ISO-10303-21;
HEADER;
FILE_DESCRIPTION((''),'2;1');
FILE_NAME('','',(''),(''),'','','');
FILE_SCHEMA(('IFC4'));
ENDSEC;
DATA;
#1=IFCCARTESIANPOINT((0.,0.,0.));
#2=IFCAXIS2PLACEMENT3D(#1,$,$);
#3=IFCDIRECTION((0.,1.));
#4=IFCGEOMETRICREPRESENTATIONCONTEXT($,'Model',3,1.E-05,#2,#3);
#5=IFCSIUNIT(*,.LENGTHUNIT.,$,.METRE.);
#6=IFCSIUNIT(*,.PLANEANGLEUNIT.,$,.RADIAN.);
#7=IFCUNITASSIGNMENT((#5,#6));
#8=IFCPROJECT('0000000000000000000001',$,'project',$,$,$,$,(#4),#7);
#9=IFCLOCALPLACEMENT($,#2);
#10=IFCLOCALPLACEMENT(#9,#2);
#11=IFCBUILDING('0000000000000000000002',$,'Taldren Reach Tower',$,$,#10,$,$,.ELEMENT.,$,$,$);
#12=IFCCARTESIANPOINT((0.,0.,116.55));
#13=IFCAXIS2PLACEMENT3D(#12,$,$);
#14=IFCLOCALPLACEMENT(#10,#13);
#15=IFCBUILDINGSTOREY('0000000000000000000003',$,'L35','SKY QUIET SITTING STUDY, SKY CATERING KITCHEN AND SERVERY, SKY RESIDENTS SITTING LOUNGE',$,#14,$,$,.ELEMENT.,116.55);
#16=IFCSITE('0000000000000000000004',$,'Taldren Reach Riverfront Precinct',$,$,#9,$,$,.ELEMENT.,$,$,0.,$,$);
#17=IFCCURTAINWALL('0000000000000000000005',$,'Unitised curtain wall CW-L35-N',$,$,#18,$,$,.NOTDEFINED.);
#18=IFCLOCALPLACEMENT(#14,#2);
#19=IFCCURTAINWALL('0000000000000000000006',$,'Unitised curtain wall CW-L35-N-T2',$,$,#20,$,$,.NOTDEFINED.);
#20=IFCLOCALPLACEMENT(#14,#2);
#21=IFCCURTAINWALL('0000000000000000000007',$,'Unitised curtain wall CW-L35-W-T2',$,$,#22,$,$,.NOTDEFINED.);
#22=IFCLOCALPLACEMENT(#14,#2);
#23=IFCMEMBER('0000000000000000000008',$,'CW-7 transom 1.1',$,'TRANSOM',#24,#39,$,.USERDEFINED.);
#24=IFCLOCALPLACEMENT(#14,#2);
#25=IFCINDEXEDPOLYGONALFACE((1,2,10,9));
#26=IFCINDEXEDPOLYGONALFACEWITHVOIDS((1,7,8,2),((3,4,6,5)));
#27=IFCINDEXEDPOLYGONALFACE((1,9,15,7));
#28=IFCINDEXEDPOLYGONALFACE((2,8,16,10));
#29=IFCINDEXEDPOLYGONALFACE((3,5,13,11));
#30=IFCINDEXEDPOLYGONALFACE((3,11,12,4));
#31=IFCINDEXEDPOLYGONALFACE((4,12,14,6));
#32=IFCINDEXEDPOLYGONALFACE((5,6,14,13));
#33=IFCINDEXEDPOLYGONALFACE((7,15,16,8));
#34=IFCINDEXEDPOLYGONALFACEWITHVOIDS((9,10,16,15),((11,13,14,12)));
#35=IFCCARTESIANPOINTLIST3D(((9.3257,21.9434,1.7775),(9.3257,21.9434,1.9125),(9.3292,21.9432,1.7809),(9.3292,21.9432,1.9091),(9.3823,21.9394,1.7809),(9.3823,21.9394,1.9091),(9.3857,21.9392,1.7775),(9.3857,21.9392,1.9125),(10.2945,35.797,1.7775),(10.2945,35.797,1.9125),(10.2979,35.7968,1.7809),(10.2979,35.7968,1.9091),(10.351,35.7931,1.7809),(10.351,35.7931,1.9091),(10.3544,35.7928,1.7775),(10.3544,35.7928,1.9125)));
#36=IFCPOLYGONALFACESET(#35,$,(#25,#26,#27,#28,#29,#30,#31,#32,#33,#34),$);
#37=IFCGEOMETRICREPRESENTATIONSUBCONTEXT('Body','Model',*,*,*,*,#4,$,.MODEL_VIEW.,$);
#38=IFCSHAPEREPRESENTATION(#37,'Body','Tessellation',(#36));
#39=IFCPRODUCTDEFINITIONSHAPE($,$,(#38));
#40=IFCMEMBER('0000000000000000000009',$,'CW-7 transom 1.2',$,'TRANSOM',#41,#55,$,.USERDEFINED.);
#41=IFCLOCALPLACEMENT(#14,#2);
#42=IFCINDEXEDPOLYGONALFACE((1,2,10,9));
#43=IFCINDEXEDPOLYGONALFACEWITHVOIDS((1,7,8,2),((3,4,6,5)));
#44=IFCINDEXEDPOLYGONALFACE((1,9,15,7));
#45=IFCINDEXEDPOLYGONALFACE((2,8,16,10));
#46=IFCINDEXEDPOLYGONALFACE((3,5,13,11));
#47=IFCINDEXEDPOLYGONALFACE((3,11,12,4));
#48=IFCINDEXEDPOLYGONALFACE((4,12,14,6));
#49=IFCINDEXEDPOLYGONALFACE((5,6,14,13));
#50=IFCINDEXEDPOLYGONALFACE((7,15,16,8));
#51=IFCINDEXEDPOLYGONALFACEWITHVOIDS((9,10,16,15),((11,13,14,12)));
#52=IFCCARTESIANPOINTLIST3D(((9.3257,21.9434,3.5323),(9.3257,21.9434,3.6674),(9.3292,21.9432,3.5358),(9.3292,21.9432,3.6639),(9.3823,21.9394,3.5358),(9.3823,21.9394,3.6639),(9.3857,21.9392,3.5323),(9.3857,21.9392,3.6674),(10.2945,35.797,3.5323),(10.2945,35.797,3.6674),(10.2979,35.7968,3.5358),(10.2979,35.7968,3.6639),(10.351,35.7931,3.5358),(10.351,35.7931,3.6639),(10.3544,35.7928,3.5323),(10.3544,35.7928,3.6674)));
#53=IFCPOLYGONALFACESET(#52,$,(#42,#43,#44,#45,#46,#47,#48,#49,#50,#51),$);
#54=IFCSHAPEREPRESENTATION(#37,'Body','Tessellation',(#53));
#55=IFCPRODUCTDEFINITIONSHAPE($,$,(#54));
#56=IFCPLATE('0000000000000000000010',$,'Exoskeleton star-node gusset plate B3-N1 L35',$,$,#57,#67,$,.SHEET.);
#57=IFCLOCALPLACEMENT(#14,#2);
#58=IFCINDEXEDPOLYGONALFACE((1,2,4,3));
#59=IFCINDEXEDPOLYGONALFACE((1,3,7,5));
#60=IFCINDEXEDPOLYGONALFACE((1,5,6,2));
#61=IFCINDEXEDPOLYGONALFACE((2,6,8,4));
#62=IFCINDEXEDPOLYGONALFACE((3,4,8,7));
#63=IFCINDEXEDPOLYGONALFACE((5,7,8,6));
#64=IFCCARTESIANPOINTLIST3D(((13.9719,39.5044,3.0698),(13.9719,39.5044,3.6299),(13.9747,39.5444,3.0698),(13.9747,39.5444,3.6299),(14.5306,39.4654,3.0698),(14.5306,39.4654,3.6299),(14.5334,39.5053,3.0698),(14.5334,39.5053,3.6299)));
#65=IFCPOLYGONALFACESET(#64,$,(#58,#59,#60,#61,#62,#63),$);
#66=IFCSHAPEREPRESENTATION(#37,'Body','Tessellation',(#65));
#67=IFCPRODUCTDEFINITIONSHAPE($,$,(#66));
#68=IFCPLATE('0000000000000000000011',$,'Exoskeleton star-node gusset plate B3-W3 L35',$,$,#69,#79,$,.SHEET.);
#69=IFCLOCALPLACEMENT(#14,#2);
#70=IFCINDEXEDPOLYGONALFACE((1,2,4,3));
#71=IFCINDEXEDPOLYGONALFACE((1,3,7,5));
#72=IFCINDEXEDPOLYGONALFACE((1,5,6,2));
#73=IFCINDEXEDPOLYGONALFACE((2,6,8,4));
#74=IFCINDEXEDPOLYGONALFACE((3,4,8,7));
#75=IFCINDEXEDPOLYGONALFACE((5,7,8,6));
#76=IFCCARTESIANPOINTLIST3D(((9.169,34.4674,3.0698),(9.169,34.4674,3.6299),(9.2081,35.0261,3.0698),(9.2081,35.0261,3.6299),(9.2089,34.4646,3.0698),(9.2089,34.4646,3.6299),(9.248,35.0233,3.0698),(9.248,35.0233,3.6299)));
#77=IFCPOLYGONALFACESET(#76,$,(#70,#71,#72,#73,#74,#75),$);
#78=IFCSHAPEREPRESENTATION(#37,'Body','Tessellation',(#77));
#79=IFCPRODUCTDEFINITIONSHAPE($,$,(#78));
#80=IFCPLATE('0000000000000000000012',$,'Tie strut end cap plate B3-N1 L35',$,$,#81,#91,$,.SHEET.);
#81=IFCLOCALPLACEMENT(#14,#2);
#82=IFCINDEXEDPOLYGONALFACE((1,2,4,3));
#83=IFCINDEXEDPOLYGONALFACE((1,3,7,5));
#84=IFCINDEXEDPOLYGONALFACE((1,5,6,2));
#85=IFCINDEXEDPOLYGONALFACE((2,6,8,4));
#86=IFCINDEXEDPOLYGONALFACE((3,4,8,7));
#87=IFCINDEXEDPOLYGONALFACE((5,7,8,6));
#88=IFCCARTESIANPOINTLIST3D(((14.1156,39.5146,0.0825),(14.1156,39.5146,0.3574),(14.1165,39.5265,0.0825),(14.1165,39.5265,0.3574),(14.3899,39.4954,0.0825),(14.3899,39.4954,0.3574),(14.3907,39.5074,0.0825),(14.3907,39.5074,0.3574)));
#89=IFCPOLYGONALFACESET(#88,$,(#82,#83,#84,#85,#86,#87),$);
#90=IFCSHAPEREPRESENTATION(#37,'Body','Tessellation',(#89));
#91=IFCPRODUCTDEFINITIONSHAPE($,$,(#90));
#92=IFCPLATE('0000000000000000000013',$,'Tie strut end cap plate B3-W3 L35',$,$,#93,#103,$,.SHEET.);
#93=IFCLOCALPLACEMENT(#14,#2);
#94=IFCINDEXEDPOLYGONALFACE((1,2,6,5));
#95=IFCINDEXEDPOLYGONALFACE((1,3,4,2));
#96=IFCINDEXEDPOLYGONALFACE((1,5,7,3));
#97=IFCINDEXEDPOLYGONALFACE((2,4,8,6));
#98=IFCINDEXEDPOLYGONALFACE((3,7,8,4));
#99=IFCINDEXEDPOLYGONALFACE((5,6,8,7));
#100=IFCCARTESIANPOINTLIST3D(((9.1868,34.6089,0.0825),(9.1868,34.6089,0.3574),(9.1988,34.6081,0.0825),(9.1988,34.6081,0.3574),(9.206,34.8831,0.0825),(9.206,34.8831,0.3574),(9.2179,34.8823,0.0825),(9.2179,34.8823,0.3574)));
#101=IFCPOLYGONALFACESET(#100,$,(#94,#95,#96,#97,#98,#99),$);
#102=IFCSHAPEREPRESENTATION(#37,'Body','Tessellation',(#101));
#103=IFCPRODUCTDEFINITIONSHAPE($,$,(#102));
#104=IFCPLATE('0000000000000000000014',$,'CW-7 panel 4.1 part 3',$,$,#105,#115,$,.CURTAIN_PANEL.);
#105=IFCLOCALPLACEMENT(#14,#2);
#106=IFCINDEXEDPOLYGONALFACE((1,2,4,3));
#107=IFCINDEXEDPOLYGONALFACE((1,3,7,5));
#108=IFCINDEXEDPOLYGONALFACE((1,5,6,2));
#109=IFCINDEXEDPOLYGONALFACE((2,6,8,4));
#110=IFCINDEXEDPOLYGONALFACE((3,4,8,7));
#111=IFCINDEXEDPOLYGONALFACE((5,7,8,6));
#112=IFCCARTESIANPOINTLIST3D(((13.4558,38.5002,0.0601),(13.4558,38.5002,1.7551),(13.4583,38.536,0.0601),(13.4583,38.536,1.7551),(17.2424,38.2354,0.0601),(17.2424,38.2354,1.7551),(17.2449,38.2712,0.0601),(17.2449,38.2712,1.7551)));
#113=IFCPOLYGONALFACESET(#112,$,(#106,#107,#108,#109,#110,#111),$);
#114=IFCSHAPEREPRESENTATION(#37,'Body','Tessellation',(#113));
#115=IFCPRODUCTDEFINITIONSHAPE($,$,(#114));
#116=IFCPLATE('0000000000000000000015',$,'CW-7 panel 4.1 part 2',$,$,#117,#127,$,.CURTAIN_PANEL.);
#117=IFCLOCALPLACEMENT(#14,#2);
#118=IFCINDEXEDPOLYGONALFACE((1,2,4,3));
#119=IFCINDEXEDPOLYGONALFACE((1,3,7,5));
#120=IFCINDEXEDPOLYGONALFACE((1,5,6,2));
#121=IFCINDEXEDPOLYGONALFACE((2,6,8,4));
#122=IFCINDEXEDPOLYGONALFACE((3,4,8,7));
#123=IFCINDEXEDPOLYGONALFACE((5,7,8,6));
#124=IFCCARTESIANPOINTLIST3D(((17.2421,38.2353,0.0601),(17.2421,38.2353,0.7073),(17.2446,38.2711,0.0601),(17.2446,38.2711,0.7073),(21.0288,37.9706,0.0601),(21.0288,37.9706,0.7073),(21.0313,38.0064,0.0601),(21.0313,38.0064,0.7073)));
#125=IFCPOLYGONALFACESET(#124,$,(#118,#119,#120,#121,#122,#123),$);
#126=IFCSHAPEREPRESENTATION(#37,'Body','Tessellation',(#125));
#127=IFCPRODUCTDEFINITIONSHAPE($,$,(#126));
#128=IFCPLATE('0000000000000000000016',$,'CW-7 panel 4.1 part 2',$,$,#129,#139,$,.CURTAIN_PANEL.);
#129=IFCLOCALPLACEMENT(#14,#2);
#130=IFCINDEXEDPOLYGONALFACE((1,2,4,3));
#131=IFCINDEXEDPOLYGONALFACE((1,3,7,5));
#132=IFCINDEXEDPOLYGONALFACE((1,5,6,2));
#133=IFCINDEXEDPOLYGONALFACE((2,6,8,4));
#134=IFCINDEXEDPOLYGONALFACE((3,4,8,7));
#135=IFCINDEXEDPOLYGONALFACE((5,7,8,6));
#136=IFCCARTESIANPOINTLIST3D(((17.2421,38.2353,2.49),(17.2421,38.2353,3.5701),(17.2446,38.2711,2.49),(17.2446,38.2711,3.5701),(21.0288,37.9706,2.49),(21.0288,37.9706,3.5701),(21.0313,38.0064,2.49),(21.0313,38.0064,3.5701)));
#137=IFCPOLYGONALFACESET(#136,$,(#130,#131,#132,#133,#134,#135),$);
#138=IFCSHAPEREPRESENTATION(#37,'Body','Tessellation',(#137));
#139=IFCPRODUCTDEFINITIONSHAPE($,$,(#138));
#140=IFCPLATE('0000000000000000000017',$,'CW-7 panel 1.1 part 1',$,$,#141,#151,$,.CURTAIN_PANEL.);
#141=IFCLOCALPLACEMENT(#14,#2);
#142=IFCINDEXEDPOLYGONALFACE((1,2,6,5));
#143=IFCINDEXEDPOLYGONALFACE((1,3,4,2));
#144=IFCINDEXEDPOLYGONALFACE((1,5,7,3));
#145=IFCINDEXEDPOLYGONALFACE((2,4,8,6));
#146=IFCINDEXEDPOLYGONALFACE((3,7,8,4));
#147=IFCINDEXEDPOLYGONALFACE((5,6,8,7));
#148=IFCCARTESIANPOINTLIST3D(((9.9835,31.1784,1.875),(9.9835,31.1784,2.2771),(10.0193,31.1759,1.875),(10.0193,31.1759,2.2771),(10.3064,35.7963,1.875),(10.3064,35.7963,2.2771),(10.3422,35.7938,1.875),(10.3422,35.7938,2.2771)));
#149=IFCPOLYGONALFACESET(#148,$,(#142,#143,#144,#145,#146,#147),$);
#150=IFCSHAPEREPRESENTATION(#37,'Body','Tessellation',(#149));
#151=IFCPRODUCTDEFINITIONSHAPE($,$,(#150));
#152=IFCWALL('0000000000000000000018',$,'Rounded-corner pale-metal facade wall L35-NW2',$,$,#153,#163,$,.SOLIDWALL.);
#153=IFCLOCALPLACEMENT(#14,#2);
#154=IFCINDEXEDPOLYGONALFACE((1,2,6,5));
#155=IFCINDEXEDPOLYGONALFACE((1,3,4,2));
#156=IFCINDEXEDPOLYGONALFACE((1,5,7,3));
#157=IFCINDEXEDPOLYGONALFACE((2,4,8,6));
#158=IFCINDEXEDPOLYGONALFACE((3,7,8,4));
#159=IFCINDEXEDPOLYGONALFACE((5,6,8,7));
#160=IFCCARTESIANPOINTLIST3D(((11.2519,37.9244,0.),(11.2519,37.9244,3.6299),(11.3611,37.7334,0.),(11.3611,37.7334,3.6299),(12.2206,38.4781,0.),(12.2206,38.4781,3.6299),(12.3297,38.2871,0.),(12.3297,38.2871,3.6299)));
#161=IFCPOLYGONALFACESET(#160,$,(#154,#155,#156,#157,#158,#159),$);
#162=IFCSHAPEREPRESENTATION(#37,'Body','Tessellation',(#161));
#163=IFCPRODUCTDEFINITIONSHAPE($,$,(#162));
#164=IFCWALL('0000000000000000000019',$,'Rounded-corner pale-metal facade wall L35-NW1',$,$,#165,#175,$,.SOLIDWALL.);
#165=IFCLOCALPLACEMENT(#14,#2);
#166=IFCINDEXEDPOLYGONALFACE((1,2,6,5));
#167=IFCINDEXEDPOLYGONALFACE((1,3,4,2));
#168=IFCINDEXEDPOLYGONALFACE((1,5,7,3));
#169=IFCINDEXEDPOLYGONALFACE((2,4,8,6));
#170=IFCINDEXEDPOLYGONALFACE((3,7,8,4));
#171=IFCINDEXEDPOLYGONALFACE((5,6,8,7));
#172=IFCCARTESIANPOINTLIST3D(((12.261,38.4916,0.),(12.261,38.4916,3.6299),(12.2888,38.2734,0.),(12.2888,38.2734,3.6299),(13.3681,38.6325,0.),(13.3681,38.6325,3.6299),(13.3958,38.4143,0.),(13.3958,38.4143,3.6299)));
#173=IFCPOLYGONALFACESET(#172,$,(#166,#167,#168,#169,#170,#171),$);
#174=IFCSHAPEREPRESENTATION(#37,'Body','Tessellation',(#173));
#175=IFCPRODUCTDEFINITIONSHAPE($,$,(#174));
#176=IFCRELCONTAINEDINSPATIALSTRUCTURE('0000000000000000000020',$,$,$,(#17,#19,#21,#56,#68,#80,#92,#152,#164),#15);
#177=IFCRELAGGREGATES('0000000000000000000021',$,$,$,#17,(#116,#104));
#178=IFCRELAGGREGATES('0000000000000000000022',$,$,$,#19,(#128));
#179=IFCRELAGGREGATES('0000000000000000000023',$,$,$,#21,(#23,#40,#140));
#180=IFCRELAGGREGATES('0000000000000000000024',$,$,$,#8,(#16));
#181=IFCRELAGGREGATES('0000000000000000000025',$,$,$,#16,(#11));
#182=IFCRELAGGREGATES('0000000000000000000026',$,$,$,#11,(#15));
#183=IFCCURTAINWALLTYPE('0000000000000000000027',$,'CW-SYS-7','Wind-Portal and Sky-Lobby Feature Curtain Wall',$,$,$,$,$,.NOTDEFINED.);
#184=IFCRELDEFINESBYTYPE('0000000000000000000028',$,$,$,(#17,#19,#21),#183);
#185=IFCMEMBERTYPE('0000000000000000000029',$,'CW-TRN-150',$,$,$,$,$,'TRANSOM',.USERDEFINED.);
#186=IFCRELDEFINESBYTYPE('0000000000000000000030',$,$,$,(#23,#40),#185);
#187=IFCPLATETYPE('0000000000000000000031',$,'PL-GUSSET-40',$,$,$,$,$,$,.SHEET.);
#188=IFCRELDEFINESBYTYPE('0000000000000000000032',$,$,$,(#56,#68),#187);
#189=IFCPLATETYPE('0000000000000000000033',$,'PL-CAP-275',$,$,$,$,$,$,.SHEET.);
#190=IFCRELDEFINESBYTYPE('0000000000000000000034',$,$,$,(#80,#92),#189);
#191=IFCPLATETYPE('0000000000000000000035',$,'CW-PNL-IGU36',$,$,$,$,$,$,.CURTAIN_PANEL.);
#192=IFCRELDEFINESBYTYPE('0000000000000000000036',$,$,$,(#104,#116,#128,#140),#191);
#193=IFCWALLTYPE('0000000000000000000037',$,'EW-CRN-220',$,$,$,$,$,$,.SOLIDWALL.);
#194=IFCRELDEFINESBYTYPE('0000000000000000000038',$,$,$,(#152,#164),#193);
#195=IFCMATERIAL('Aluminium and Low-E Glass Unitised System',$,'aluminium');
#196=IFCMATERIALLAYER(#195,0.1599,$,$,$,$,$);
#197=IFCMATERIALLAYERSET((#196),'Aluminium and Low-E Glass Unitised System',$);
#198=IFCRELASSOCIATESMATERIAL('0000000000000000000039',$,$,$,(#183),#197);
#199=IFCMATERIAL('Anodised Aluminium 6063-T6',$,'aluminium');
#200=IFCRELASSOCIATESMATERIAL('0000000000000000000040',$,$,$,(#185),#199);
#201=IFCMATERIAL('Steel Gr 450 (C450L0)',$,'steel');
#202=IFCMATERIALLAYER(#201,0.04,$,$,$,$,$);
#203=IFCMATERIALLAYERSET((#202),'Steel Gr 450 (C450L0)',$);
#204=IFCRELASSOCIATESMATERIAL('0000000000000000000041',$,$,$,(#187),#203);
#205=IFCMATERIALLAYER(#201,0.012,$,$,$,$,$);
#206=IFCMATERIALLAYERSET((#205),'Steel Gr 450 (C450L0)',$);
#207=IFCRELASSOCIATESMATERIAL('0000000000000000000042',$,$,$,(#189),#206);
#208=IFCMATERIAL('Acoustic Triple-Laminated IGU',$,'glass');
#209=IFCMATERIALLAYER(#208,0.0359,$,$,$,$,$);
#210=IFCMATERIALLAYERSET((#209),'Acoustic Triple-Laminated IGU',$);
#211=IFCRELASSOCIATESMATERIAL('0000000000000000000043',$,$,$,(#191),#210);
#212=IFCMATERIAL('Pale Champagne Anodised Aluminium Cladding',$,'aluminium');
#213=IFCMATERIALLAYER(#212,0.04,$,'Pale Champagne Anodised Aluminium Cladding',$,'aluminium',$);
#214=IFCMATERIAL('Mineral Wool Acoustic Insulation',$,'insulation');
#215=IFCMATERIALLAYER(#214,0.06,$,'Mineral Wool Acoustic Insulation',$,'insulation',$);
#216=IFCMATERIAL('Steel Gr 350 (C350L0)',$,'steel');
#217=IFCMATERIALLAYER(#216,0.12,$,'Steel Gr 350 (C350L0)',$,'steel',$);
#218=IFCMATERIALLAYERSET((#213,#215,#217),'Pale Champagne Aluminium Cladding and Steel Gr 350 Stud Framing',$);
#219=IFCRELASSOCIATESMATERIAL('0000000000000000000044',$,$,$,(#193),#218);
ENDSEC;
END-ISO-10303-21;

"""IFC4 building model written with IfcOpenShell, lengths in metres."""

from ifc_helpers import new_model, si_unit, direction, frame, frame_2d, origin, origin_2d, place, context, subcontext, project, spatial, rectangle, hollow_rectangle, extrude, source, transform, mapped, material, layer, layer_set, material_profile, profile_set, type_object, element, aggregate, save


model = new_model("IFC4")

# Units and contexts
model_context = context("Model", 3, precision=1e-05, world=origin(), true_north=direction((0.0, 1.0)))
body_context = subcontext(model_context, "Body", "Model", "MODEL_VIEW")
ifc_project = project(units=[si_unit("LENGTHUNIT", "METRE"), si_unit("PLANEANGLEUNIT", "RADIAN")], contexts=[model_context])

# Site, building, storey
site_placement = place(None, origin())
site = spatial("IfcSite", under=ifc_project, at=site_placement, Name="Taldren Reach Riverfront Precinct", CompositionType="ELEMENT", RefElevation=0.0)
building_placement = place(site_placement, origin())
building = spatial("IfcBuilding", under=site, at=building_placement, Name="Taldren Reach Tower", CompositionType="ELEMENT")
storey_placement = place(building_placement, frame((0.0, 0.0, 116.55)))
storey = spatial("IfcBuildingStorey", under=building, at=storey_placement, Name="L35", Description="SKY QUIET SITTING STUDY, SKY CATERING KITCHEN AND SERVERY, SKY RESIDENTS SITTING LOUNGE", CompositionType="ELEMENT", Elevation=116.55)

# Shared definitions
ifc_material_1 = material(Name="Steel Gr 450 (C450L0)", Category="steel")

# Shared definitions
ifc_material_2 = material(Name="Steel Gr 350 (C350L0)", Category="steel")

# Curtain walls
ifc_material_3 = material(Name="Aluminium and Low-E Glass Unitised System", Category="aluminium")
ifc_layer_1 = layer(ifc_material_3, 0.1599)
ifc_layer_set_1 = layer_set([ifc_layer_1], Name="Aluminium and Low-E Glass Unitised System")
curtain_wall_type = type_object("IfcCurtainWallType", Name="CW-SYS-7", Description="Wind-Portal and Sky-Lobby Feature Curtain Wall", PredefinedType="NOTDEFINED", material=ifc_layer_set_1)
curtain_wall_1_placement = place(storey_placement, origin())
curtain_wall_1 = element("IfcCurtainWall", 1, at=curtain_wall_1_placement, inside=storey, type_object=curtain_wall_type, Name="Unitised curtain wall CW-L35-N", PredefinedType="NOTDEFINED")
ifc_material_4 = material(Name="Anodised Aluminium 6063-T6", Category="aluminium")
curtain_wall_2_placement = place(storey_placement, origin())
curtain_wall_2 = element("IfcCurtainWall", 2, at=curtain_wall_2_placement, inside=storey, type_object=curtain_wall_type, Name="Unitised curtain wall CW-L35-N-T2", PredefinedType="NOTDEFINED")
curtain_wall_3_placement = place(storey_placement, origin())
curtain_wall_3 = element("IfcCurtainWall", 3, at=curtain_wall_3_placement, inside=storey, type_object=curtain_wall_type, Name="Unitised curtain wall CW-L35-W-T2", PredefinedType="NOTDEFINED")

# Members
ifc_material_profile_1 = material_profile(ifc_material_4, hollow_rectangle(XDim=0.0601, YDim=0.135, WallThickness=0.0034, at=origin_2d()), Name="ALU-135x60x3.5RHS")
ifc_profile_set_1 = profile_set([ifc_material_profile_1], Name="Anodised Aluminium 6063-T6")
member_type_1 = type_object("IfcMemberType", Name="CW-TRN-150", ElementType="TRANSOM", PredefinedType="USERDEFINED", material=ifc_profile_set_1)
shared_shape_1 = source(origin(), body_context, "Body", "SweptSolid", [
    extrude(hollow_rectangle(XDim=0.0601, YDim=0.135, WallThickness=0.0034, at=origin_2d()), origin(), (0.0, 0.0, 1.0), 13.8875),
])
member_1_placement = place(storey_placement, frame((10.3245, 35.7949, 1.845), z_axis=(-0.069758, -0.997564, 0.0), x_axis=(0.997564, -0.069758, 0.0)))
member_1 = element("IfcMember", 4, at=member_1_placement, type_object=member_type_1, Name="CW-7 transom 1.1", ObjectType="TRANSOM", PredefinedType="USERDEFINED", context=body_context, shape_type="MappedRepresentation", body=[
    mapped(shared_shape_1, transform((0.0, 0.0, 0.0), scale=1.0)),
])
member_2_placement = place(storey_placement, frame((10.3245, 35.7949, 3.5999), z_axis=(-0.069758, -0.997564, 0.0), x_axis=(0.997564, -0.069758, 0.0)))
member_2 = element("IfcMember", 5, at=member_2_placement, type_object=member_type_1, Name="CW-7 transom 1.2", ObjectType="TRANSOM", PredefinedType="USERDEFINED", context=body_context, shape_type="MappedRepresentation", body=[
    mapped(shared_shape_1, transform((0.0, 0.0, 0.0), scale=1.0)),
])

# Plates
ifc_layer_2 = layer(ifc_material_1, 0.04)
ifc_layer_set_2 = layer_set([ifc_layer_2], Name="Steel Gr 450 (C450L0)")
plate_type_1 = type_object("IfcPlateType", Name="PL-GUSSET-40", PredefinedType="SHEET", material=ifc_layer_set_2)
shared_shape_2 = source(origin(), body_context, "Body", "SweptSolid", [
    extrude(rectangle(XDim=0.5601, YDim=0.04, at=origin_2d()), origin(), (0.0, 0.0, 1.0), 0.5601),
])
for number, where, z_axis, x_axis, name in (
    (6, (14.2527, 39.5049, 3.0698), (0.0, 0.0, 1.0), (0.997564, -0.069756, 0.0), "Exoskeleton star-node gusset plate B3-N1 L35"),
    (7, (9.2085, 34.7454, 3.0698), (0.0, 0.0, 1.0), (0.069756, 0.997564, 0.0), "Exoskeleton star-node gusset plate B3-W3 L35"),
):
    element("IfcPlate", number, at=place(storey_placement, frame(where, z_axis=z_axis, x_axis=x_axis)), inside=storey, type_object=plate_type_1, Name=name, PredefinedType="SHEET", context=body_context, shape_type="MappedRepresentation", body=[
        mapped(shared_shape_2, transform((0.0, 0.0, 0.0), scale=1.0)),
    ])
ifc_layer_3 = layer(ifc_material_1, 0.012)
ifc_layer_set_3 = layer_set([ifc_layer_3], Name="Steel Gr 450 (C450L0)")
plate_type_2 = type_object("IfcPlateType", Name="PL-CAP-275", PredefinedType="SHEET", material=ifc_layer_set_3)
shared_shape_3 = source(origin(), body_context, "Body", "SweptSolid", [
    extrude(rectangle(XDim=0.2749, YDim=0.012, at=origin_2d()), origin(), (0.0, 0.0, 1.0), 0.2749),
])
plate_1_placement = place(storey_placement, frame((14.2532, 39.511, 0.0825), z_axis=(0.0, 0.0, 1.0), x_axis=(0.997564, -0.069756, 0.0)))
element("IfcPlate", 8, at=plate_1_placement, inside=storey, type_object=plate_type_2, Name="Tie strut end cap plate B3-N1 L35", PredefinedType="SHEET", context=body_context, shape_type="MappedRepresentation", body=[
    mapped(shared_shape_3, transform((0.0, 0.0, 0.0), scale=1.0)),
])
shared_shape_4 = source(origin(), body_context, "Body", "SweptSolid", [
    extrude(rectangle(XDim=0.012, YDim=0.2749, at=origin_2d()), origin(), (0.0, 0.0, 1.0), 0.2749),
])
plate_2_placement = place(storey_placement, frame((9.2024, 34.7456, 0.0825), z_axis=(0.0, 0.0, 1.0), x_axis=(0.997564, -0.069756, 0.0)))
element("IfcPlate", 9, at=plate_2_placement, inside=storey, type_object=plate_type_2, Name="Tie strut end cap plate B3-W3 L35", PredefinedType="SHEET", context=body_context, shape_type="MappedRepresentation", body=[
    mapped(shared_shape_4, transform((0.0, 0.0, 0.0), scale=1.0)),
])

# Plates
ifc_material_5 = material(Name="Acoustic Triple-Laminated IGU", Category="glass")
ifc_layer_4 = layer(ifc_material_5, 0.0359)
ifc_layer_set_4 = layer_set([ifc_layer_4], Name="Acoustic Triple-Laminated IGU")
plate_type_3 = type_object("IfcPlateType", Name="CW-PNL-IGU36", PredefinedType="CURTAIN_PANEL", material=ifc_layer_set_4)
shared_shape_5 = source(origin(), body_context, "Body", "SweptSolid", [
    extrude(rectangle(XDim=3.7959, YDim=0.0359, at=origin_2d()), origin(), (0.0, 0.0, 1.0), 1.6951),
])
plate_3_placement = place(storey_placement, frame((15.3503, 38.3857, 0.0601), z_axis=(0.0, 0.0, 1.0), x_axis=(-0.997564, 0.069757, 0.0)))
plate_3 = element("IfcPlate", 10, at=plate_3_placement, type_object=plate_type_3, Name="CW-7 panel 4.1 part 3", PredefinedType="CURTAIN_PANEL", context=body_context, shape_type="MappedRepresentation", body=[
    mapped(shared_shape_5, transform((0.0, 0.0, 0.0), scale=1.0)),
])
shared_shape_6 = source(origin(), body_context, "Body", "SweptSolid", [
    extrude(rectangle(XDim=3.7959, YDim=0.0359, at=origin_2d()), origin(), (0.0, 0.0, 1.0), 0.6472),
])
plate_4_placement = place(storey_placement, frame((19.1367, 38.1208, 0.0601), z_axis=(0.0, 0.0, 1.0), x_axis=(-0.997564, 0.069757, 0.0)))
plate_4 = element("IfcPlate", 11, at=plate_4_placement, type_object=plate_type_3, Name="CW-7 panel 4.1 part 2", PredefinedType="CURTAIN_PANEL", context=body_context, shape_type="MappedRepresentation", body=[
    mapped(shared_shape_6, transform((0.0, 0.0, 0.0), scale=1.0)),
])
aggregate(curtain_wall_1, [plate_4, plate_3])
shared_shape_7 = source(origin(), body_context, "Body", "SweptSolid", [
    extrude(rectangle(XDim=3.7959, YDim=0.0359, at=origin_2d()), origin(), (0.0, 0.0, 1.0), 1.0801),
])
plate_5_placement = place(storey_placement, frame((19.1367, 38.1208, 2.49), z_axis=(0.0, 0.0, 1.0), x_axis=(-0.997564, 0.069757, 0.0)))
plate_5 = element("IfcPlate", 12, at=plate_5_placement, type_object=plate_type_3, Name="CW-7 panel 4.1 part 2", PredefinedType="CURTAIN_PANEL", context=body_context, shape_type="MappedRepresentation", body=[
    mapped(shared_shape_7, transform((0.0, 0.0, 0.0), scale=1.0)),
])
aggregate(curtain_wall_2, [plate_5])
shared_shape_8 = source(origin(), body_context, "Body", "SweptSolid", [
    extrude(rectangle(XDim=4.6292, YDim=0.0359, at=origin_2d()), origin(), (0.0, 0.0, 1.0), 0.4021),
])
plate_6_placement = place(storey_placement, frame((10.1628, 33.4861, 1.875), z_axis=(0.0, 0.0, 1.0), x_axis=(-0.069756, -0.997564, 0.0)))
plate_6 = element("IfcPlate", 13, at=plate_6_placement, type_object=plate_type_3, Name="CW-7 panel 1.1 part 1", PredefinedType="CURTAIN_PANEL", context=body_context, shape_type="MappedRepresentation", body=[
    mapped(shared_shape_8, transform((0.0, 0.0, 0.0), scale=1.0)),
])
aggregate(curtain_wall_3, [member_1, member_2, plate_6])

# Walls
ifc_material_6 = material(Name="Pale Champagne Anodised Aluminium Cladding", Category="aluminium")
ifc_layer_5 = layer(ifc_material_6, 0.04, Name="Pale Champagne Anodised Aluminium Cladding", Category="aluminium")
ifc_material_7 = material(Name="Mineral Wool Acoustic Insulation", Category="insulation")
ifc_layer_6 = layer(ifc_material_7, 0.06, Name="Mineral Wool Acoustic Insulation", Category="insulation")
ifc_layer_7 = layer(ifc_material_2, 0.12, Name="Steel Gr 350 (C350L0)", Category="steel")
ifc_layer_set_5 = layer_set([ifc_layer_5, ifc_layer_6, ifc_layer_7], Name="Pale Champagne Aluminium Cladding and Steel Gr 350 Stud Framing")
wall_type = type_object("IfcWallType", Name="EW-CRN-220", PredefinedType="SOLIDWALL", material=ifc_layer_set_5)
shared_shape_9 = source(origin(), body_context, "Body", "SweptSolid", [
    extrude(rectangle(XDim=1.1157, YDim=0.22, at=frame_2d((0.5579, 0.0))), origin(), (0.0, 0.0, 1.0), 3.6299),
])
wall_placement = place(storey_placement, frame((12.2751, 38.3826, 0.0), z_axis=(0.0, 0.0, 1.0), x_axis=(-0.868189, -0.496233, 0.0)))
element("IfcWall", 14, at=wall_placement, inside=storey, type_object=wall_type, Name="Rounded-corner pale-metal facade wall L35-NW2", PredefinedType="SOLIDWALL", context=body_context, shape_type="MappedRepresentation", body=[
    mapped(shared_shape_9, transform((0.0, 0.0, 0.0), scale=1.0)),
])
shared_shape_10 = source(origin(), body_context, "Body", "SweptSolid", [
    extrude(rectangle(XDim=1.116, YDim=0.22, at=frame_2d((0.5581, 0.0))), origin(), (0.0, 0.0, 1.0), 3.6299),
])
for number, where, z_axis, x_axis, name in (
    (15, (13.3821, 38.5234, 0.0), (0.0, 0.0, 1.0), (-0.991999, -0.126243, 0.0), "Rounded-corner pale-metal facade wall L35-NW1"),
):
    element("IfcWall", number, at=place(storey_placement, frame(where, z_axis=z_axis, x_axis=x_axis)), inside=storey, type_object=wall_type, Name=name, PredefinedType="SOLIDWALL", context=body_context, shape_type="MappedRepresentation", body=[
        mapped(shared_shape_10, transform((0.0, 0.0, 0.0), scale=1.0)),
    ])

save(model, "model.ifc")
